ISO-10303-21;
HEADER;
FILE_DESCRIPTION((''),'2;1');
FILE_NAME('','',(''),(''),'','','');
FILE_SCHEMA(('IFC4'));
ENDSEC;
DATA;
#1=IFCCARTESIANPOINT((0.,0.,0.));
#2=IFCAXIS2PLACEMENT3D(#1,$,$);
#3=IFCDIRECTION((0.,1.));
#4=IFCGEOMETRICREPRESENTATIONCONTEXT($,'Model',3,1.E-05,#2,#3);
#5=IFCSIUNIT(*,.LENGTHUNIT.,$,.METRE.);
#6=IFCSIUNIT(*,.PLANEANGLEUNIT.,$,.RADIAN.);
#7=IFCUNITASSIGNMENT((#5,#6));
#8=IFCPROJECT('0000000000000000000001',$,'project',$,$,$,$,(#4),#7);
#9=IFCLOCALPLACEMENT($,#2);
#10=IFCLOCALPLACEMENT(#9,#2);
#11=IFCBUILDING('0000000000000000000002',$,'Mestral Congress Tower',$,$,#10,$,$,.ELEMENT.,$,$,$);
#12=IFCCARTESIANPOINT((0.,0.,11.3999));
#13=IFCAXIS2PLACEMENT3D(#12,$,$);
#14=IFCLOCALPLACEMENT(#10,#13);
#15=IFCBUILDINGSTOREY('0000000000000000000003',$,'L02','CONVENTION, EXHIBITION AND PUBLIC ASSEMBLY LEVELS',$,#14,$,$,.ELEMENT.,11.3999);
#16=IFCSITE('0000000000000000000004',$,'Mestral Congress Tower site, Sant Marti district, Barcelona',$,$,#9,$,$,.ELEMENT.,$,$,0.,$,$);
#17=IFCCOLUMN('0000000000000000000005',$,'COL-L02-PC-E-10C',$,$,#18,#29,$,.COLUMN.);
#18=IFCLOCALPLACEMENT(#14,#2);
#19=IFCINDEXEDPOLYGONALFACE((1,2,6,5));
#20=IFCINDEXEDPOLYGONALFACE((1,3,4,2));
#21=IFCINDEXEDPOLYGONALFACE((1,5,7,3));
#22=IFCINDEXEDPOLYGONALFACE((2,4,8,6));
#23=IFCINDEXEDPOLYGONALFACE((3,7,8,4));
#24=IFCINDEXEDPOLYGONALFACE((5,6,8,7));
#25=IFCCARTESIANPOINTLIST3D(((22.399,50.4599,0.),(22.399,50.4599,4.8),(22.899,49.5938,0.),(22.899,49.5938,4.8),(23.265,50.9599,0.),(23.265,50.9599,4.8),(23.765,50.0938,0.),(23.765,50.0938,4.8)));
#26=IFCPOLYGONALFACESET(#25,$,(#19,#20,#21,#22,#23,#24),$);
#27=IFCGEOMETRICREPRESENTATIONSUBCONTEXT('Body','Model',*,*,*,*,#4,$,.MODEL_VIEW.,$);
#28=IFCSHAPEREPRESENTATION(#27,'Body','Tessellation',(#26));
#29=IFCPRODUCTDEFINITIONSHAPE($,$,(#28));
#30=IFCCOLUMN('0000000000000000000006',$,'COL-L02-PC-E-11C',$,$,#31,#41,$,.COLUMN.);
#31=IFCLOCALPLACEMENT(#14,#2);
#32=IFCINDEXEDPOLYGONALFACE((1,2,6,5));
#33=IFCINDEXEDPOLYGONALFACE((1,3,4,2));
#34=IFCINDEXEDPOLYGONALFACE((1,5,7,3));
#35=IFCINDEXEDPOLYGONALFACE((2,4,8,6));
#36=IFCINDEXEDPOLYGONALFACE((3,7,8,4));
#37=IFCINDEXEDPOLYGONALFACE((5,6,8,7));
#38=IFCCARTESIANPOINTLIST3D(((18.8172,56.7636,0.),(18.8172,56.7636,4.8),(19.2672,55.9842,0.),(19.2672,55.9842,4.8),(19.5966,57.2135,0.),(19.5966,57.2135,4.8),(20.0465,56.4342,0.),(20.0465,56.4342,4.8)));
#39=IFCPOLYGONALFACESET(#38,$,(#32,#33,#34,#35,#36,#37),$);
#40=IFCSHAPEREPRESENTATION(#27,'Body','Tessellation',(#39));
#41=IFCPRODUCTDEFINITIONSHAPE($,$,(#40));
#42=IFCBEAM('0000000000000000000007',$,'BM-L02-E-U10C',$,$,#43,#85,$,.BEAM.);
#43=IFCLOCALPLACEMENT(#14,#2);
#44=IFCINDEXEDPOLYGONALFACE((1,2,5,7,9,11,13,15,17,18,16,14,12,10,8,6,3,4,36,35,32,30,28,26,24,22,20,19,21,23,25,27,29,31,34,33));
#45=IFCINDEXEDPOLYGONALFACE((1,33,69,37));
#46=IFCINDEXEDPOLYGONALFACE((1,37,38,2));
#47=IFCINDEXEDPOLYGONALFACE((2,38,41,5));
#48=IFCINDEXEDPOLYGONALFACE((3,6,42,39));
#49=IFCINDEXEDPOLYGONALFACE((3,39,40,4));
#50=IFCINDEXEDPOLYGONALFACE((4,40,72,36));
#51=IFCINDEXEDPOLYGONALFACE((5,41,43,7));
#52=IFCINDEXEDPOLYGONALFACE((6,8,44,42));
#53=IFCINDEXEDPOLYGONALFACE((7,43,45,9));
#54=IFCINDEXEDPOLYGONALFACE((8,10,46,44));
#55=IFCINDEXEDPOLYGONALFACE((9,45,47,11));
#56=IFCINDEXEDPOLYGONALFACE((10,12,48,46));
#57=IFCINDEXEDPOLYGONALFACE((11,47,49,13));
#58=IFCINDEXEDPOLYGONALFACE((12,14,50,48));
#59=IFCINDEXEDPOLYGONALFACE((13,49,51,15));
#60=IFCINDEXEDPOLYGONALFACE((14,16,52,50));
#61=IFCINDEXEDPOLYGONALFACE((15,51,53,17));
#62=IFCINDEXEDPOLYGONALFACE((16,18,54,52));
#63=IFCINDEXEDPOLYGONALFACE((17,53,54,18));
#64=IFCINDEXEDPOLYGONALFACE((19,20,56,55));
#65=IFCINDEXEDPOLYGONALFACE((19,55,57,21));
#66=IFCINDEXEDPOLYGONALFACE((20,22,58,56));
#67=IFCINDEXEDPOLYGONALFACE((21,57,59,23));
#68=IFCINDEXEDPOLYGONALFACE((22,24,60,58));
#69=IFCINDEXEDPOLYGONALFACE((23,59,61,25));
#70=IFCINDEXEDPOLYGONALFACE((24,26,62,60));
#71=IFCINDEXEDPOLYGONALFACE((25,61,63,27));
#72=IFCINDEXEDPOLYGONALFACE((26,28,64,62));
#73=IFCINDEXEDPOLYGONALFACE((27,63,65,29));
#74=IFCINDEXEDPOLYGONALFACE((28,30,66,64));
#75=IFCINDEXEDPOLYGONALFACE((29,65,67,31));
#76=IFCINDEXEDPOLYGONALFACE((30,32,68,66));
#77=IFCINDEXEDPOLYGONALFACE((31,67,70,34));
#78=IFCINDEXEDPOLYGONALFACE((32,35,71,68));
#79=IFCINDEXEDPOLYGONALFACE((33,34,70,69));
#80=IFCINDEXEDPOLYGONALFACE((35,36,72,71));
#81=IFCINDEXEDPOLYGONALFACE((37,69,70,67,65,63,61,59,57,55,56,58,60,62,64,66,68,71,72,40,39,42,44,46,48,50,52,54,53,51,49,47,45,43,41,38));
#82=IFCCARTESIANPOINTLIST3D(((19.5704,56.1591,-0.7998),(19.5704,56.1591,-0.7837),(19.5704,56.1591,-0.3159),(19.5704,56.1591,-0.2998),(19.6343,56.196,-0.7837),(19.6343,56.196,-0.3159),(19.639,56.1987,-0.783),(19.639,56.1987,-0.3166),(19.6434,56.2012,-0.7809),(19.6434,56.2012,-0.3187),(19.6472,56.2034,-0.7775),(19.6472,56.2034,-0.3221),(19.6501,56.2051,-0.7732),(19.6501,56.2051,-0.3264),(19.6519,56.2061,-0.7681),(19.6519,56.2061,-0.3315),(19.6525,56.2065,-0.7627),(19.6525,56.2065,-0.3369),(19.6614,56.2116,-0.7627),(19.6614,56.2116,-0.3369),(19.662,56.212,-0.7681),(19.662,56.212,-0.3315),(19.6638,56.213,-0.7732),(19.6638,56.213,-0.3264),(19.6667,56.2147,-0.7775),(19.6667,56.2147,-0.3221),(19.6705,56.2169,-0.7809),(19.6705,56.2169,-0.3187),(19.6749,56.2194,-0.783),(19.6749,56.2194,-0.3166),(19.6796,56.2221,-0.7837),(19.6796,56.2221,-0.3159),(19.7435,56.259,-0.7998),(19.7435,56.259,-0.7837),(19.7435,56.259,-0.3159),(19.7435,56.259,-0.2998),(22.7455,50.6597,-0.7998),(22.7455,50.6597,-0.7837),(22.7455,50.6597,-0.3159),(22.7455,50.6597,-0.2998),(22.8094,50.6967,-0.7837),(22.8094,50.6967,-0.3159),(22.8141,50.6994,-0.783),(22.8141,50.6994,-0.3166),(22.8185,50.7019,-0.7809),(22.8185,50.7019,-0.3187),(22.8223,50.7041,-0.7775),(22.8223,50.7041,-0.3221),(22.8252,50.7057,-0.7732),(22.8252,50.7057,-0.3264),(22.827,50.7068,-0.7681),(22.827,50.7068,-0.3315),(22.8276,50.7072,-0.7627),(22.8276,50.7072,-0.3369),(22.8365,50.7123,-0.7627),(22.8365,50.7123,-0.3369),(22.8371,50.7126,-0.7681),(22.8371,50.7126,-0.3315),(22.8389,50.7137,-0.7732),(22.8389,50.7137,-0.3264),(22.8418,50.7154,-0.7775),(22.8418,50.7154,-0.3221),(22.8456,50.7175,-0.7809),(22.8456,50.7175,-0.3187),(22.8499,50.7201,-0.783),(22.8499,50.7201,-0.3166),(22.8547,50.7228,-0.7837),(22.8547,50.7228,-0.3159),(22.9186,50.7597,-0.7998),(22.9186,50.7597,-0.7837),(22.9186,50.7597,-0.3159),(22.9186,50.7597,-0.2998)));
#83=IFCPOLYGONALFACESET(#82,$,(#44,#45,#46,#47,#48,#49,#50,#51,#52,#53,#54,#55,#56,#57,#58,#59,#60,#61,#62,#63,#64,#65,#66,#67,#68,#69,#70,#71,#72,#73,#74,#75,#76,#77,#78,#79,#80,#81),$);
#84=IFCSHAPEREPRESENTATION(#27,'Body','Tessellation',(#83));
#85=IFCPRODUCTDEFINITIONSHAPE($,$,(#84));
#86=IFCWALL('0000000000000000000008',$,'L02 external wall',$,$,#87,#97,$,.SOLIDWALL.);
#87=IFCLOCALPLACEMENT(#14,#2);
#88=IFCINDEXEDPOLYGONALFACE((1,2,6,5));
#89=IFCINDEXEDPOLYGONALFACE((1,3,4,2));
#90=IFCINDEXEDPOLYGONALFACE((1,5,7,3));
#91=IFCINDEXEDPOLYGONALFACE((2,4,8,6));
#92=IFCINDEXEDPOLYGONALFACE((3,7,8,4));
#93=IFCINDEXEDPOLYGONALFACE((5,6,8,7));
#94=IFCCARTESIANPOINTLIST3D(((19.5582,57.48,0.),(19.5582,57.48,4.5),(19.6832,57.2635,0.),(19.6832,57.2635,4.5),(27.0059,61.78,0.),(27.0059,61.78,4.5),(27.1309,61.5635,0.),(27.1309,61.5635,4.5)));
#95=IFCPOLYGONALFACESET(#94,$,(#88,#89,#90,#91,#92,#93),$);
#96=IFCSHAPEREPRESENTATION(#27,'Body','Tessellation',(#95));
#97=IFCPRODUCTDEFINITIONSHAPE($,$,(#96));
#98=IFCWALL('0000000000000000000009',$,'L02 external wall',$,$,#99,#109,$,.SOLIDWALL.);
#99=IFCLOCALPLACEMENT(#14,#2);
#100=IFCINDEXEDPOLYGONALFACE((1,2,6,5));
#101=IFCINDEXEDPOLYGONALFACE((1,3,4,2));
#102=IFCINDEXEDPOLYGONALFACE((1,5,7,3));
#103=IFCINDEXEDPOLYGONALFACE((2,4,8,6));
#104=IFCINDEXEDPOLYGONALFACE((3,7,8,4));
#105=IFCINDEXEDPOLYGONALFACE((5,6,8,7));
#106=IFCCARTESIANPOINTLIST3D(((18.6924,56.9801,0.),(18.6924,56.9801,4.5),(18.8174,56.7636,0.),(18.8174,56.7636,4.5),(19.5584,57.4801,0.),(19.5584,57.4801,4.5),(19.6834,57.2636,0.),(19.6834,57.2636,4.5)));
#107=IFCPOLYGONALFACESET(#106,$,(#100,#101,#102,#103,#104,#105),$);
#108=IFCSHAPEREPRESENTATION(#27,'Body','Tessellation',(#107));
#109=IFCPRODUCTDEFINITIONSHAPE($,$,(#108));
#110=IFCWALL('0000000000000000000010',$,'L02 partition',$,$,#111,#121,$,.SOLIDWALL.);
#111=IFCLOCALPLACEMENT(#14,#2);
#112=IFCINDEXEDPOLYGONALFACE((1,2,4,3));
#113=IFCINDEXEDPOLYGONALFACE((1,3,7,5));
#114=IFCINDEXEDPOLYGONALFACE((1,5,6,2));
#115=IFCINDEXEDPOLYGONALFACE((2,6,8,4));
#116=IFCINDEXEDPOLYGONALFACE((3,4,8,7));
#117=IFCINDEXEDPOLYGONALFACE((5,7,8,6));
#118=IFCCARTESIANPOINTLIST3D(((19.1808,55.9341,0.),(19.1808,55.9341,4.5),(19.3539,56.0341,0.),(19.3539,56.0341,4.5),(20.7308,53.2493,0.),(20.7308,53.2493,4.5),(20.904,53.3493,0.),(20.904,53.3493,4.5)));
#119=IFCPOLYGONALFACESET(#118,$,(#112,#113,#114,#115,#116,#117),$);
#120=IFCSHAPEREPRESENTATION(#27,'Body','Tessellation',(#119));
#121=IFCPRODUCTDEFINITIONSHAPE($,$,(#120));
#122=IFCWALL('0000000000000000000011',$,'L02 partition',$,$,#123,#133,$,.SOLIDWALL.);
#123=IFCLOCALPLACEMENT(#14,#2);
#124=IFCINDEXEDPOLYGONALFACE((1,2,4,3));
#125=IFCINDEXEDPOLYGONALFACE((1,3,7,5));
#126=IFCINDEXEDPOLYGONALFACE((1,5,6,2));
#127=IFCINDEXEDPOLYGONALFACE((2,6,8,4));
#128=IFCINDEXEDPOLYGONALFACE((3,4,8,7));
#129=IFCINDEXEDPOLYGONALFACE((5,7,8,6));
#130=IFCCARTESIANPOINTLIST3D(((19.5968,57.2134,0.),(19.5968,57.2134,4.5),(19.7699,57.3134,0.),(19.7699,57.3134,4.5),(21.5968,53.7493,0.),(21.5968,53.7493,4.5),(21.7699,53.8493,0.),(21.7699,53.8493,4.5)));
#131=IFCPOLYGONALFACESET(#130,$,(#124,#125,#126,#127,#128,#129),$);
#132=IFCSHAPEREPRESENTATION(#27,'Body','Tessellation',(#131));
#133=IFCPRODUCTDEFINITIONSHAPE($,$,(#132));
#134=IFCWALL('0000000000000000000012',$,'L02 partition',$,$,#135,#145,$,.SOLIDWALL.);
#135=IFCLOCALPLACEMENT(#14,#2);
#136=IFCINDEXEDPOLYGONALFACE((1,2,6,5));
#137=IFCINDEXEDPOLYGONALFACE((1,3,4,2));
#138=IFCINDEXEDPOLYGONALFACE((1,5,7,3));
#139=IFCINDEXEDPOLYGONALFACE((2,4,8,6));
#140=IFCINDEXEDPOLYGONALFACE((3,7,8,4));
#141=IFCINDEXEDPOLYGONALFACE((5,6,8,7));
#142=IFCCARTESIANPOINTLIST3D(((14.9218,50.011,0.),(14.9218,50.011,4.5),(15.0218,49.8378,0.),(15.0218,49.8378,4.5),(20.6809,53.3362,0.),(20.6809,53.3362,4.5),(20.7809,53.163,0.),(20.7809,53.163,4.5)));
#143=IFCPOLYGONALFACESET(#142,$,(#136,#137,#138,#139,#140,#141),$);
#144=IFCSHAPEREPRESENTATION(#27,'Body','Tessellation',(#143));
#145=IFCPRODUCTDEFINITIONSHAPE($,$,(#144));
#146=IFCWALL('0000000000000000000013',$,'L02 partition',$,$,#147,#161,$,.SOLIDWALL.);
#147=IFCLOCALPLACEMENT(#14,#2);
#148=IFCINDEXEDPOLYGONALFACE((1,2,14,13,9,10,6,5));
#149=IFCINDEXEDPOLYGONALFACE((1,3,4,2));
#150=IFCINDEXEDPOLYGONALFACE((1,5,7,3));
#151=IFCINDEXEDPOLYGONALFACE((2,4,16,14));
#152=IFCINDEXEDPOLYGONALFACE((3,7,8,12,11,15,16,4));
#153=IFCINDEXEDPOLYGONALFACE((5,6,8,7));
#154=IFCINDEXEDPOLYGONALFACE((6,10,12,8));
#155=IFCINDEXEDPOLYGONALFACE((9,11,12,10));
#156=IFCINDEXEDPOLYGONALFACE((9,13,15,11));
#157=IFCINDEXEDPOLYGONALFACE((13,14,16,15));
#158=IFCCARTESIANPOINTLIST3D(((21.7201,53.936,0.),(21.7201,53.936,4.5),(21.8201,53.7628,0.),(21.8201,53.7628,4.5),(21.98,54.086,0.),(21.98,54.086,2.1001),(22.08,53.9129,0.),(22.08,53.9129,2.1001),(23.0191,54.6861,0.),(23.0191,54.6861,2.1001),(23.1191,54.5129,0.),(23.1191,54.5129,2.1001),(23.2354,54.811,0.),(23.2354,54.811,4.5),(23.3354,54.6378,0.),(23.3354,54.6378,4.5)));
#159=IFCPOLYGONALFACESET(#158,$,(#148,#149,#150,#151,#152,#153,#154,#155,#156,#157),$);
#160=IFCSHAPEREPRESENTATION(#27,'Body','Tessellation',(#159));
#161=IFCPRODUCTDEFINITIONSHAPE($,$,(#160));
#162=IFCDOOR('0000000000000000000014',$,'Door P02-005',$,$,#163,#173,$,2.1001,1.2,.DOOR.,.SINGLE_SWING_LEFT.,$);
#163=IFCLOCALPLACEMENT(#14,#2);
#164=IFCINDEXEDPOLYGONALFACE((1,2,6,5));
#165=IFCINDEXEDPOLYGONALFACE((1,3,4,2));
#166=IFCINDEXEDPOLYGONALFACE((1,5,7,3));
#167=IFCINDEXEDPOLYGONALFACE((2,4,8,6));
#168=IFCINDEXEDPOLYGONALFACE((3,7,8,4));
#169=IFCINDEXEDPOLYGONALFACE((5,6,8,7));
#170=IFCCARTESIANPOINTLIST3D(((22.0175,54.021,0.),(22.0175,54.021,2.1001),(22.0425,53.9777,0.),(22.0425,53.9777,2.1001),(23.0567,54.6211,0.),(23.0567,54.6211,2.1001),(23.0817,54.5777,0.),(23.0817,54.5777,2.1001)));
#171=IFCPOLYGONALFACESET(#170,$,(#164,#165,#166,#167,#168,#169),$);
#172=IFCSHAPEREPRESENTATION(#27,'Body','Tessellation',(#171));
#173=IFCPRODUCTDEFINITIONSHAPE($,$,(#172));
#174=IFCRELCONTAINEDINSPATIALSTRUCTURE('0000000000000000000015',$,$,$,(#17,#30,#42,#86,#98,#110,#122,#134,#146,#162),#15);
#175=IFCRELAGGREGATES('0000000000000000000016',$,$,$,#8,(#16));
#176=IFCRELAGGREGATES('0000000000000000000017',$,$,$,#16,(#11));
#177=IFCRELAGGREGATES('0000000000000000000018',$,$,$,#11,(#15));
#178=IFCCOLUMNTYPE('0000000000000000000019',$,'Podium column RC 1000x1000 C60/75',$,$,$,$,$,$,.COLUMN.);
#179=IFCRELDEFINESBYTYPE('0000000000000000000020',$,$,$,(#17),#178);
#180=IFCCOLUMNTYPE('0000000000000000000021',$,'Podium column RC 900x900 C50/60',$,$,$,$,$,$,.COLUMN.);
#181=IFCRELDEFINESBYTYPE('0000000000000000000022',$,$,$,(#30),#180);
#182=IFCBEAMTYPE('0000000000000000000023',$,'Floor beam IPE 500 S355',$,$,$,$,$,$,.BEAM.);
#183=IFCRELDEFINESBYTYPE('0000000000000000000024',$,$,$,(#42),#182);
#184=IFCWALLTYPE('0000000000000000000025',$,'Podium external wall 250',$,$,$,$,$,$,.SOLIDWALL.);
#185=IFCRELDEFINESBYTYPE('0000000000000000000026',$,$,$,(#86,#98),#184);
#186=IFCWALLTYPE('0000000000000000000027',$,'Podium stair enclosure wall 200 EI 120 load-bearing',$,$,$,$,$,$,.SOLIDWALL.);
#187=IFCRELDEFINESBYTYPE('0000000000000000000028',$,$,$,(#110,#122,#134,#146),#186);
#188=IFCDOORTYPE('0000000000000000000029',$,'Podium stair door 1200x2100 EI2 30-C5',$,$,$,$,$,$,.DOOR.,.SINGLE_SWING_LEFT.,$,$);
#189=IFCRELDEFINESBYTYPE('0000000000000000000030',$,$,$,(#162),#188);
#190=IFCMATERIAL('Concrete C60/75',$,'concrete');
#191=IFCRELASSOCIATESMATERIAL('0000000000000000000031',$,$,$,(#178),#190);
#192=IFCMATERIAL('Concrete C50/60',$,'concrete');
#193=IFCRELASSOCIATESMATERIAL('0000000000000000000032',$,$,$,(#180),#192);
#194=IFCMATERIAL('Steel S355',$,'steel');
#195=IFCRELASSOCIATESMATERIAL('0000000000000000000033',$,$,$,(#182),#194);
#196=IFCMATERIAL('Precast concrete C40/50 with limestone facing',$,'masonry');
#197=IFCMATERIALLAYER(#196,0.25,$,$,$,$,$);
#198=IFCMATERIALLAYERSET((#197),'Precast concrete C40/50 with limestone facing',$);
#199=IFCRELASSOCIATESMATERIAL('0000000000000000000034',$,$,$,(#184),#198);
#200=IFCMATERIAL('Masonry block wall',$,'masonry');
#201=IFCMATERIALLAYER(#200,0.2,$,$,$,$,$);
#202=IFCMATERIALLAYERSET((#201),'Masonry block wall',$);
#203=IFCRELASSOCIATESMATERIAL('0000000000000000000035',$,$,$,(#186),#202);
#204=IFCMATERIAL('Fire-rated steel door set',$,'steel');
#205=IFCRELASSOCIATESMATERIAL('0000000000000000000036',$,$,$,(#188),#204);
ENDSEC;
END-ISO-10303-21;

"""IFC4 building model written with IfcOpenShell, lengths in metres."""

from ifc_helpers import new_model, si_unit, direction, frame, frame_2d, origin, origin_2d, place, context, subcontext, project, spatial, rectangle, i_section, extrude, material, layer, layer_set, material_profile, profile_set, type_object, element, fill, save


model = new_model("IFC4")

# Units and contexts
model_context = context("Model", 3, precision=1e-05, world=origin(), true_north=direction((0.0, 1.0)))
body_context = subcontext(model_context, "Body", "Model", "MODEL_VIEW")
ifc_project = project(units=[si_unit("LENGTHUNIT", "METRE"), si_unit("PLANEANGLEUNIT", "RADIAN")], contexts=[model_context])

# Site, building, storey
site_placement = place(None, origin())
site = spatial("IfcSite", under=ifc_project, at=site_placement, Name="Mestral Congress Tower site, Sant Marti district, Barcelona", CompositionType="ELEMENT", RefElevation=0.0)
building_placement = place(site_placement, origin())
building = spatial("IfcBuilding", under=site, at=building_placement, Name="Mestral Congress Tower", CompositionType="ELEMENT")
storey_placement = place(building_placement, frame((0.0, 0.0, 11.3999)))
storey = spatial("IfcBuildingStorey", under=building, at=storey_placement, Name="L02", Description="CONVENTION, EXHIBITION AND PUBLIC ASSEMBLY LEVELS", CompositionType="ELEMENT", Elevation=11.3999)

# Columns
ifc_material_1 = material(Name="Concrete C60/75", Category="concrete")
ifc_material_profile_1 = material_profile(ifc_material_1, rectangle(XDim=1.0, YDim=1.0, at=origin_2d()), Name="RC 1000x1000")
ifc_profile_set_1 = profile_set([ifc_material_profile_1], Name="Concrete C60/75")
column_type_1 = type_object("IfcColumnType", Name="Podium column RC 1000x1000 C60/75", PredefinedType="COLUMN", material=ifc_profile_set_1)
column_1_placement = place(storey_placement, frame((23.082, 50.2769, 0.0), z_axis=(0.0, 0.0, 1.0), x_axis=(-0.5, 0.866025, 0.0)))
element("IfcColumn", 1, at=column_1_placement, inside=storey, type_object=column_type_1, Name="COL-L02-PC-E-10C", PredefinedType="COLUMN", context=body_context, shape_type="SweptSolid", body=[
    extrude(rectangle(XDim=1.0, YDim=1.0, at=origin_2d()), origin(), (0.0, 0.0, 1.0), 4.8),
])
ifc_material_2 = material(Name="Concrete C50/60", Category="concrete")
ifc_material_profile_2 = material_profile(ifc_material_2, rectangle(XDim=0.8999, YDim=0.8999, at=origin_2d()), Name="RC 900x900")
ifc_profile_set_2 = profile_set([ifc_material_profile_2], Name="Concrete C50/60")
column_type_2 = type_object("IfcColumnType", Name="Podium column RC 900x900 C50/60", PredefinedType="COLUMN", material=ifc_profile_set_2)
column_2_placement = place(storey_placement, frame((19.4319, 56.5989, 0.0), z_axis=(0.0, 0.0, 1.0), x_axis=(-0.5, 0.866025, 0.0)))
element("IfcColumn", 2, at=column_2_placement, inside=storey, type_object=column_type_2, Name="COL-L02-PC-E-11C", PredefinedType="COLUMN", context=body_context, shape_type="SweptSolid", body=[
    extrude(rectangle(XDim=0.8999, YDim=0.8999, at=origin_2d()), origin(), (0.0, 0.0, 1.0), 4.8),
])

# Beam
ifc_material_3 = material(Name="Steel S355", Category="steel")
ifc_material_profile_3 = material_profile(ifc_material_3, i_section(OverallWidth=0.2, OverallDepth=0.5, WebThickness=0.0103, FlangeThickness=0.0161, FilletRadius=0.021, at=origin_2d()), Name="IPE 500")
ifc_profile_set_3 = profile_set([ifc_material_profile_3], Name="Steel S355")
beam_type = type_object("IfcBeamType", Name="Floor beam IPE 500 S355", PredefinedType="BEAM", material=ifc_profile_set_3)
beam_placement = place(storey_placement, frame((22.832, 50.7097, -0.5498), z_axis=(-0.500005, 0.866022, 0.0), x_axis=(-0.866022, -0.500005, 0.0)))
element("IfcBeam", 3, at=beam_placement, inside=storey, type_object=beam_type, Name="BM-L02-E-U10C", PredefinedType="BEAM", context=body_context, shape_type="SweptSolid", body=[
    extrude(i_section(OverallWidth=0.2, OverallDepth=0.5, WebThickness=0.0103, FlangeThickness=0.0161, FilletRadius=0.021, at=origin_2d()), origin(), (0.0, 0.0, 1.0), 6.3501),
])

# Walls
ifc_material_4 = material(Name="Precast concrete C40/50 with limestone facing", Category="masonry")
ifc_layer_1 = layer(ifc_material_4, 0.25)
ifc_layer_set_1 = layer_set([ifc_layer_1], Name="Precast concrete C40/50 with limestone facing")
wall_type_1 = type_object("IfcWallType", Name="Podium external wall 250", PredefinedType="SOLIDWALL", material=ifc_layer_set_1)
wall_1_placement = place(storey_placement, frame((19.6208, 57.3718, 0.0), z_axis=(0.0, 0.0, 1.0), x_axis=(0.866021, 0.500008, 0.0)))
element("IfcWall", 4, at=wall_1_placement, inside=storey, type_object=wall_type_1, Name="L02 external wall", PredefinedType="SOLIDWALL", context=body_context, shape_type="SweptSolid", body=[
    extrude(rectangle(XDim=8.5999, YDim=0.25, at=frame_2d((4.2998, 0.0))), origin(), (0.0, 0.0, 1.0), 4.5),
])
wall_2_placement = place(storey_placement, frame((18.7549, 56.8718, 0.0), z_axis=(0.0, 0.0, 1.0), x_axis=(0.866011, 0.500025, 0.0)))
element("IfcWall", 5, at=wall_2_placement, inside=storey, type_object=wall_type_1, Name="L02 external wall", PredefinedType="SOLIDWALL", context=body_context, shape_type="SweptSolid", body=[
    extrude(rectangle(XDim=1.0, YDim=0.25, at=frame_2d((0.5, 0.0))), origin(), (0.0, 0.0, 1.0), 4.5),
])
ifc_material_5 = material(Name="Masonry block wall", Category="masonry")
ifc_layer_2 = layer(ifc_material_5, 0.2)
ifc_layer_set_2 = layer_set([ifc_layer_2], Name="Masonry block wall")
wall_type_2 = type_object("IfcWallType", Name="Podium stair enclosure wall 200 EI 120 load-bearing", PredefinedType="SOLIDWALL", material=ifc_layer_set_2)
wall_3_placement = place(storey_placement, frame((20.8174, 53.2993, 0.0), z_axis=(0.0, 0.0, 1.0), x_axis=(-0.499993, 0.86603, 0.0)))
element("IfcWall", 6, at=wall_3_placement, inside=storey, type_object=wall_type_2, Name="L02 partition", PredefinedType="SOLIDWALL", context=body_context, shape_type="SweptSolid", body=[
    extrude(rectangle(XDim=3.1001, YDim=0.2, at=frame_2d((1.55, 0.0))), origin(), (0.0, 0.0, 1.0), 4.5),
])
wall_4_placement = place(storey_placement, frame((21.6833, 53.7993, 0.0), z_axis=(0.0, 0.0, 1.0), x_axis=(-0.499999, 0.866026, 0.0)))
element("IfcWall", 7, at=wall_4_placement, inside=storey, type_object=wall_type_2, Name="L02 partition", PredefinedType="SOLIDWALL", context=body_context, shape_type="SweptSolid", body=[
    extrude(rectangle(XDim=4.0, YDim=0.2, at=frame_2d((2.0, 0.0))), origin(), (0.0, 0.0, 1.0), 4.5),
])
wall_5_placement = place(storey_placement, frame((14.9717, 49.9243, 0.0), z_axis=(0.0, 0.0, 1.0), x_axis=(0.866011, 0.500024, 0.0)))
element("IfcWall", 8, at=wall_5_placement, inside=storey, type_object=wall_type_2, Name="L02 partition", PredefinedType="SOLIDWALL", context=body_context, shape_type="SweptSolid", body=[
    extrude(rectangle(XDim=6.6501, YDim=0.2, at=frame_2d((3.3252, 0.0))), origin(), (0.0, 0.0, 1.0), 4.5),
])

# Wall, opening, door
wall_6_placement = place(storey_placement, frame((21.77, 53.8494, 0.0), z_axis=(0.0, 0.0, 1.0), x_axis=(0.866002, 0.50004, 0.0)))
wall_6 = element("IfcWall", 9, at=wall_6_placement, inside=storey, type_object=wall_type_2, Name="L02 partition", PredefinedType="SOLIDWALL", context=body_context, shape_type="SweptSolid", body=[
    extrude(rectangle(XDim=1.7498, YDim=0.2, at=frame_2d((0.875, 0.0))), origin(), (0.0, 0.0, 1.0), 4.5),
])
opening_1_placement = place(wall_6_placement, frame((0.3, 0.0, 0.0)))
opening_1 = element("IfcOpeningElement", 10, at=opening_1_placement, cuts=wall_6, PredefinedType="OPENING", context=body_context, shape_type="SweptSolid", body=[
    extrude(rectangle(XDim=1.2, YDim=2.1001, at=frame_2d((0.6001, 1.05))), frame((0.0, 0.1099, 0.0), z_axis=(0.0, -1.0, 0.0), x_axis=(1.0, 0.0, 0.0)), (0.0, 0.0, 1.0), 0.22),
])
ifc_material_6 = material(Name="Fire-rated steel door set", Category="steel")
door_type_1 = type_object("IfcDoorType", Name="Podium stair door 1200x2100 EI2 30-C5", OperationType="SINGLE_SWING_LEFT", PredefinedType="DOOR", material=ifc_material_6)
door_1_placement = place(opening_1_placement, origin())
door_1 = element("IfcDoor", 11, at=door_1_placement, inside=storey, type_object=door_type_1, Name="Door P02-005", OperationType="SINGLE_SWING_LEFT", OverallHeight=2.1001, OverallWidth=1.2, PredefinedType="DOOR", context=body_context, shape_type="SweptSolid", body=[
    extrude(rectangle(XDim=1.2, YDim=2.1001, at=frame_2d((0.6001, 1.05))), frame((0.0, 0.0249, 0.0), z_axis=(0.0, -1.0, 0.0), x_axis=(1.0, 0.0, 0.0)), (0.0, 0.0, 1.0), 0.05),
])
fill(opening_1, door_1)

save(model, "model.ifc")
